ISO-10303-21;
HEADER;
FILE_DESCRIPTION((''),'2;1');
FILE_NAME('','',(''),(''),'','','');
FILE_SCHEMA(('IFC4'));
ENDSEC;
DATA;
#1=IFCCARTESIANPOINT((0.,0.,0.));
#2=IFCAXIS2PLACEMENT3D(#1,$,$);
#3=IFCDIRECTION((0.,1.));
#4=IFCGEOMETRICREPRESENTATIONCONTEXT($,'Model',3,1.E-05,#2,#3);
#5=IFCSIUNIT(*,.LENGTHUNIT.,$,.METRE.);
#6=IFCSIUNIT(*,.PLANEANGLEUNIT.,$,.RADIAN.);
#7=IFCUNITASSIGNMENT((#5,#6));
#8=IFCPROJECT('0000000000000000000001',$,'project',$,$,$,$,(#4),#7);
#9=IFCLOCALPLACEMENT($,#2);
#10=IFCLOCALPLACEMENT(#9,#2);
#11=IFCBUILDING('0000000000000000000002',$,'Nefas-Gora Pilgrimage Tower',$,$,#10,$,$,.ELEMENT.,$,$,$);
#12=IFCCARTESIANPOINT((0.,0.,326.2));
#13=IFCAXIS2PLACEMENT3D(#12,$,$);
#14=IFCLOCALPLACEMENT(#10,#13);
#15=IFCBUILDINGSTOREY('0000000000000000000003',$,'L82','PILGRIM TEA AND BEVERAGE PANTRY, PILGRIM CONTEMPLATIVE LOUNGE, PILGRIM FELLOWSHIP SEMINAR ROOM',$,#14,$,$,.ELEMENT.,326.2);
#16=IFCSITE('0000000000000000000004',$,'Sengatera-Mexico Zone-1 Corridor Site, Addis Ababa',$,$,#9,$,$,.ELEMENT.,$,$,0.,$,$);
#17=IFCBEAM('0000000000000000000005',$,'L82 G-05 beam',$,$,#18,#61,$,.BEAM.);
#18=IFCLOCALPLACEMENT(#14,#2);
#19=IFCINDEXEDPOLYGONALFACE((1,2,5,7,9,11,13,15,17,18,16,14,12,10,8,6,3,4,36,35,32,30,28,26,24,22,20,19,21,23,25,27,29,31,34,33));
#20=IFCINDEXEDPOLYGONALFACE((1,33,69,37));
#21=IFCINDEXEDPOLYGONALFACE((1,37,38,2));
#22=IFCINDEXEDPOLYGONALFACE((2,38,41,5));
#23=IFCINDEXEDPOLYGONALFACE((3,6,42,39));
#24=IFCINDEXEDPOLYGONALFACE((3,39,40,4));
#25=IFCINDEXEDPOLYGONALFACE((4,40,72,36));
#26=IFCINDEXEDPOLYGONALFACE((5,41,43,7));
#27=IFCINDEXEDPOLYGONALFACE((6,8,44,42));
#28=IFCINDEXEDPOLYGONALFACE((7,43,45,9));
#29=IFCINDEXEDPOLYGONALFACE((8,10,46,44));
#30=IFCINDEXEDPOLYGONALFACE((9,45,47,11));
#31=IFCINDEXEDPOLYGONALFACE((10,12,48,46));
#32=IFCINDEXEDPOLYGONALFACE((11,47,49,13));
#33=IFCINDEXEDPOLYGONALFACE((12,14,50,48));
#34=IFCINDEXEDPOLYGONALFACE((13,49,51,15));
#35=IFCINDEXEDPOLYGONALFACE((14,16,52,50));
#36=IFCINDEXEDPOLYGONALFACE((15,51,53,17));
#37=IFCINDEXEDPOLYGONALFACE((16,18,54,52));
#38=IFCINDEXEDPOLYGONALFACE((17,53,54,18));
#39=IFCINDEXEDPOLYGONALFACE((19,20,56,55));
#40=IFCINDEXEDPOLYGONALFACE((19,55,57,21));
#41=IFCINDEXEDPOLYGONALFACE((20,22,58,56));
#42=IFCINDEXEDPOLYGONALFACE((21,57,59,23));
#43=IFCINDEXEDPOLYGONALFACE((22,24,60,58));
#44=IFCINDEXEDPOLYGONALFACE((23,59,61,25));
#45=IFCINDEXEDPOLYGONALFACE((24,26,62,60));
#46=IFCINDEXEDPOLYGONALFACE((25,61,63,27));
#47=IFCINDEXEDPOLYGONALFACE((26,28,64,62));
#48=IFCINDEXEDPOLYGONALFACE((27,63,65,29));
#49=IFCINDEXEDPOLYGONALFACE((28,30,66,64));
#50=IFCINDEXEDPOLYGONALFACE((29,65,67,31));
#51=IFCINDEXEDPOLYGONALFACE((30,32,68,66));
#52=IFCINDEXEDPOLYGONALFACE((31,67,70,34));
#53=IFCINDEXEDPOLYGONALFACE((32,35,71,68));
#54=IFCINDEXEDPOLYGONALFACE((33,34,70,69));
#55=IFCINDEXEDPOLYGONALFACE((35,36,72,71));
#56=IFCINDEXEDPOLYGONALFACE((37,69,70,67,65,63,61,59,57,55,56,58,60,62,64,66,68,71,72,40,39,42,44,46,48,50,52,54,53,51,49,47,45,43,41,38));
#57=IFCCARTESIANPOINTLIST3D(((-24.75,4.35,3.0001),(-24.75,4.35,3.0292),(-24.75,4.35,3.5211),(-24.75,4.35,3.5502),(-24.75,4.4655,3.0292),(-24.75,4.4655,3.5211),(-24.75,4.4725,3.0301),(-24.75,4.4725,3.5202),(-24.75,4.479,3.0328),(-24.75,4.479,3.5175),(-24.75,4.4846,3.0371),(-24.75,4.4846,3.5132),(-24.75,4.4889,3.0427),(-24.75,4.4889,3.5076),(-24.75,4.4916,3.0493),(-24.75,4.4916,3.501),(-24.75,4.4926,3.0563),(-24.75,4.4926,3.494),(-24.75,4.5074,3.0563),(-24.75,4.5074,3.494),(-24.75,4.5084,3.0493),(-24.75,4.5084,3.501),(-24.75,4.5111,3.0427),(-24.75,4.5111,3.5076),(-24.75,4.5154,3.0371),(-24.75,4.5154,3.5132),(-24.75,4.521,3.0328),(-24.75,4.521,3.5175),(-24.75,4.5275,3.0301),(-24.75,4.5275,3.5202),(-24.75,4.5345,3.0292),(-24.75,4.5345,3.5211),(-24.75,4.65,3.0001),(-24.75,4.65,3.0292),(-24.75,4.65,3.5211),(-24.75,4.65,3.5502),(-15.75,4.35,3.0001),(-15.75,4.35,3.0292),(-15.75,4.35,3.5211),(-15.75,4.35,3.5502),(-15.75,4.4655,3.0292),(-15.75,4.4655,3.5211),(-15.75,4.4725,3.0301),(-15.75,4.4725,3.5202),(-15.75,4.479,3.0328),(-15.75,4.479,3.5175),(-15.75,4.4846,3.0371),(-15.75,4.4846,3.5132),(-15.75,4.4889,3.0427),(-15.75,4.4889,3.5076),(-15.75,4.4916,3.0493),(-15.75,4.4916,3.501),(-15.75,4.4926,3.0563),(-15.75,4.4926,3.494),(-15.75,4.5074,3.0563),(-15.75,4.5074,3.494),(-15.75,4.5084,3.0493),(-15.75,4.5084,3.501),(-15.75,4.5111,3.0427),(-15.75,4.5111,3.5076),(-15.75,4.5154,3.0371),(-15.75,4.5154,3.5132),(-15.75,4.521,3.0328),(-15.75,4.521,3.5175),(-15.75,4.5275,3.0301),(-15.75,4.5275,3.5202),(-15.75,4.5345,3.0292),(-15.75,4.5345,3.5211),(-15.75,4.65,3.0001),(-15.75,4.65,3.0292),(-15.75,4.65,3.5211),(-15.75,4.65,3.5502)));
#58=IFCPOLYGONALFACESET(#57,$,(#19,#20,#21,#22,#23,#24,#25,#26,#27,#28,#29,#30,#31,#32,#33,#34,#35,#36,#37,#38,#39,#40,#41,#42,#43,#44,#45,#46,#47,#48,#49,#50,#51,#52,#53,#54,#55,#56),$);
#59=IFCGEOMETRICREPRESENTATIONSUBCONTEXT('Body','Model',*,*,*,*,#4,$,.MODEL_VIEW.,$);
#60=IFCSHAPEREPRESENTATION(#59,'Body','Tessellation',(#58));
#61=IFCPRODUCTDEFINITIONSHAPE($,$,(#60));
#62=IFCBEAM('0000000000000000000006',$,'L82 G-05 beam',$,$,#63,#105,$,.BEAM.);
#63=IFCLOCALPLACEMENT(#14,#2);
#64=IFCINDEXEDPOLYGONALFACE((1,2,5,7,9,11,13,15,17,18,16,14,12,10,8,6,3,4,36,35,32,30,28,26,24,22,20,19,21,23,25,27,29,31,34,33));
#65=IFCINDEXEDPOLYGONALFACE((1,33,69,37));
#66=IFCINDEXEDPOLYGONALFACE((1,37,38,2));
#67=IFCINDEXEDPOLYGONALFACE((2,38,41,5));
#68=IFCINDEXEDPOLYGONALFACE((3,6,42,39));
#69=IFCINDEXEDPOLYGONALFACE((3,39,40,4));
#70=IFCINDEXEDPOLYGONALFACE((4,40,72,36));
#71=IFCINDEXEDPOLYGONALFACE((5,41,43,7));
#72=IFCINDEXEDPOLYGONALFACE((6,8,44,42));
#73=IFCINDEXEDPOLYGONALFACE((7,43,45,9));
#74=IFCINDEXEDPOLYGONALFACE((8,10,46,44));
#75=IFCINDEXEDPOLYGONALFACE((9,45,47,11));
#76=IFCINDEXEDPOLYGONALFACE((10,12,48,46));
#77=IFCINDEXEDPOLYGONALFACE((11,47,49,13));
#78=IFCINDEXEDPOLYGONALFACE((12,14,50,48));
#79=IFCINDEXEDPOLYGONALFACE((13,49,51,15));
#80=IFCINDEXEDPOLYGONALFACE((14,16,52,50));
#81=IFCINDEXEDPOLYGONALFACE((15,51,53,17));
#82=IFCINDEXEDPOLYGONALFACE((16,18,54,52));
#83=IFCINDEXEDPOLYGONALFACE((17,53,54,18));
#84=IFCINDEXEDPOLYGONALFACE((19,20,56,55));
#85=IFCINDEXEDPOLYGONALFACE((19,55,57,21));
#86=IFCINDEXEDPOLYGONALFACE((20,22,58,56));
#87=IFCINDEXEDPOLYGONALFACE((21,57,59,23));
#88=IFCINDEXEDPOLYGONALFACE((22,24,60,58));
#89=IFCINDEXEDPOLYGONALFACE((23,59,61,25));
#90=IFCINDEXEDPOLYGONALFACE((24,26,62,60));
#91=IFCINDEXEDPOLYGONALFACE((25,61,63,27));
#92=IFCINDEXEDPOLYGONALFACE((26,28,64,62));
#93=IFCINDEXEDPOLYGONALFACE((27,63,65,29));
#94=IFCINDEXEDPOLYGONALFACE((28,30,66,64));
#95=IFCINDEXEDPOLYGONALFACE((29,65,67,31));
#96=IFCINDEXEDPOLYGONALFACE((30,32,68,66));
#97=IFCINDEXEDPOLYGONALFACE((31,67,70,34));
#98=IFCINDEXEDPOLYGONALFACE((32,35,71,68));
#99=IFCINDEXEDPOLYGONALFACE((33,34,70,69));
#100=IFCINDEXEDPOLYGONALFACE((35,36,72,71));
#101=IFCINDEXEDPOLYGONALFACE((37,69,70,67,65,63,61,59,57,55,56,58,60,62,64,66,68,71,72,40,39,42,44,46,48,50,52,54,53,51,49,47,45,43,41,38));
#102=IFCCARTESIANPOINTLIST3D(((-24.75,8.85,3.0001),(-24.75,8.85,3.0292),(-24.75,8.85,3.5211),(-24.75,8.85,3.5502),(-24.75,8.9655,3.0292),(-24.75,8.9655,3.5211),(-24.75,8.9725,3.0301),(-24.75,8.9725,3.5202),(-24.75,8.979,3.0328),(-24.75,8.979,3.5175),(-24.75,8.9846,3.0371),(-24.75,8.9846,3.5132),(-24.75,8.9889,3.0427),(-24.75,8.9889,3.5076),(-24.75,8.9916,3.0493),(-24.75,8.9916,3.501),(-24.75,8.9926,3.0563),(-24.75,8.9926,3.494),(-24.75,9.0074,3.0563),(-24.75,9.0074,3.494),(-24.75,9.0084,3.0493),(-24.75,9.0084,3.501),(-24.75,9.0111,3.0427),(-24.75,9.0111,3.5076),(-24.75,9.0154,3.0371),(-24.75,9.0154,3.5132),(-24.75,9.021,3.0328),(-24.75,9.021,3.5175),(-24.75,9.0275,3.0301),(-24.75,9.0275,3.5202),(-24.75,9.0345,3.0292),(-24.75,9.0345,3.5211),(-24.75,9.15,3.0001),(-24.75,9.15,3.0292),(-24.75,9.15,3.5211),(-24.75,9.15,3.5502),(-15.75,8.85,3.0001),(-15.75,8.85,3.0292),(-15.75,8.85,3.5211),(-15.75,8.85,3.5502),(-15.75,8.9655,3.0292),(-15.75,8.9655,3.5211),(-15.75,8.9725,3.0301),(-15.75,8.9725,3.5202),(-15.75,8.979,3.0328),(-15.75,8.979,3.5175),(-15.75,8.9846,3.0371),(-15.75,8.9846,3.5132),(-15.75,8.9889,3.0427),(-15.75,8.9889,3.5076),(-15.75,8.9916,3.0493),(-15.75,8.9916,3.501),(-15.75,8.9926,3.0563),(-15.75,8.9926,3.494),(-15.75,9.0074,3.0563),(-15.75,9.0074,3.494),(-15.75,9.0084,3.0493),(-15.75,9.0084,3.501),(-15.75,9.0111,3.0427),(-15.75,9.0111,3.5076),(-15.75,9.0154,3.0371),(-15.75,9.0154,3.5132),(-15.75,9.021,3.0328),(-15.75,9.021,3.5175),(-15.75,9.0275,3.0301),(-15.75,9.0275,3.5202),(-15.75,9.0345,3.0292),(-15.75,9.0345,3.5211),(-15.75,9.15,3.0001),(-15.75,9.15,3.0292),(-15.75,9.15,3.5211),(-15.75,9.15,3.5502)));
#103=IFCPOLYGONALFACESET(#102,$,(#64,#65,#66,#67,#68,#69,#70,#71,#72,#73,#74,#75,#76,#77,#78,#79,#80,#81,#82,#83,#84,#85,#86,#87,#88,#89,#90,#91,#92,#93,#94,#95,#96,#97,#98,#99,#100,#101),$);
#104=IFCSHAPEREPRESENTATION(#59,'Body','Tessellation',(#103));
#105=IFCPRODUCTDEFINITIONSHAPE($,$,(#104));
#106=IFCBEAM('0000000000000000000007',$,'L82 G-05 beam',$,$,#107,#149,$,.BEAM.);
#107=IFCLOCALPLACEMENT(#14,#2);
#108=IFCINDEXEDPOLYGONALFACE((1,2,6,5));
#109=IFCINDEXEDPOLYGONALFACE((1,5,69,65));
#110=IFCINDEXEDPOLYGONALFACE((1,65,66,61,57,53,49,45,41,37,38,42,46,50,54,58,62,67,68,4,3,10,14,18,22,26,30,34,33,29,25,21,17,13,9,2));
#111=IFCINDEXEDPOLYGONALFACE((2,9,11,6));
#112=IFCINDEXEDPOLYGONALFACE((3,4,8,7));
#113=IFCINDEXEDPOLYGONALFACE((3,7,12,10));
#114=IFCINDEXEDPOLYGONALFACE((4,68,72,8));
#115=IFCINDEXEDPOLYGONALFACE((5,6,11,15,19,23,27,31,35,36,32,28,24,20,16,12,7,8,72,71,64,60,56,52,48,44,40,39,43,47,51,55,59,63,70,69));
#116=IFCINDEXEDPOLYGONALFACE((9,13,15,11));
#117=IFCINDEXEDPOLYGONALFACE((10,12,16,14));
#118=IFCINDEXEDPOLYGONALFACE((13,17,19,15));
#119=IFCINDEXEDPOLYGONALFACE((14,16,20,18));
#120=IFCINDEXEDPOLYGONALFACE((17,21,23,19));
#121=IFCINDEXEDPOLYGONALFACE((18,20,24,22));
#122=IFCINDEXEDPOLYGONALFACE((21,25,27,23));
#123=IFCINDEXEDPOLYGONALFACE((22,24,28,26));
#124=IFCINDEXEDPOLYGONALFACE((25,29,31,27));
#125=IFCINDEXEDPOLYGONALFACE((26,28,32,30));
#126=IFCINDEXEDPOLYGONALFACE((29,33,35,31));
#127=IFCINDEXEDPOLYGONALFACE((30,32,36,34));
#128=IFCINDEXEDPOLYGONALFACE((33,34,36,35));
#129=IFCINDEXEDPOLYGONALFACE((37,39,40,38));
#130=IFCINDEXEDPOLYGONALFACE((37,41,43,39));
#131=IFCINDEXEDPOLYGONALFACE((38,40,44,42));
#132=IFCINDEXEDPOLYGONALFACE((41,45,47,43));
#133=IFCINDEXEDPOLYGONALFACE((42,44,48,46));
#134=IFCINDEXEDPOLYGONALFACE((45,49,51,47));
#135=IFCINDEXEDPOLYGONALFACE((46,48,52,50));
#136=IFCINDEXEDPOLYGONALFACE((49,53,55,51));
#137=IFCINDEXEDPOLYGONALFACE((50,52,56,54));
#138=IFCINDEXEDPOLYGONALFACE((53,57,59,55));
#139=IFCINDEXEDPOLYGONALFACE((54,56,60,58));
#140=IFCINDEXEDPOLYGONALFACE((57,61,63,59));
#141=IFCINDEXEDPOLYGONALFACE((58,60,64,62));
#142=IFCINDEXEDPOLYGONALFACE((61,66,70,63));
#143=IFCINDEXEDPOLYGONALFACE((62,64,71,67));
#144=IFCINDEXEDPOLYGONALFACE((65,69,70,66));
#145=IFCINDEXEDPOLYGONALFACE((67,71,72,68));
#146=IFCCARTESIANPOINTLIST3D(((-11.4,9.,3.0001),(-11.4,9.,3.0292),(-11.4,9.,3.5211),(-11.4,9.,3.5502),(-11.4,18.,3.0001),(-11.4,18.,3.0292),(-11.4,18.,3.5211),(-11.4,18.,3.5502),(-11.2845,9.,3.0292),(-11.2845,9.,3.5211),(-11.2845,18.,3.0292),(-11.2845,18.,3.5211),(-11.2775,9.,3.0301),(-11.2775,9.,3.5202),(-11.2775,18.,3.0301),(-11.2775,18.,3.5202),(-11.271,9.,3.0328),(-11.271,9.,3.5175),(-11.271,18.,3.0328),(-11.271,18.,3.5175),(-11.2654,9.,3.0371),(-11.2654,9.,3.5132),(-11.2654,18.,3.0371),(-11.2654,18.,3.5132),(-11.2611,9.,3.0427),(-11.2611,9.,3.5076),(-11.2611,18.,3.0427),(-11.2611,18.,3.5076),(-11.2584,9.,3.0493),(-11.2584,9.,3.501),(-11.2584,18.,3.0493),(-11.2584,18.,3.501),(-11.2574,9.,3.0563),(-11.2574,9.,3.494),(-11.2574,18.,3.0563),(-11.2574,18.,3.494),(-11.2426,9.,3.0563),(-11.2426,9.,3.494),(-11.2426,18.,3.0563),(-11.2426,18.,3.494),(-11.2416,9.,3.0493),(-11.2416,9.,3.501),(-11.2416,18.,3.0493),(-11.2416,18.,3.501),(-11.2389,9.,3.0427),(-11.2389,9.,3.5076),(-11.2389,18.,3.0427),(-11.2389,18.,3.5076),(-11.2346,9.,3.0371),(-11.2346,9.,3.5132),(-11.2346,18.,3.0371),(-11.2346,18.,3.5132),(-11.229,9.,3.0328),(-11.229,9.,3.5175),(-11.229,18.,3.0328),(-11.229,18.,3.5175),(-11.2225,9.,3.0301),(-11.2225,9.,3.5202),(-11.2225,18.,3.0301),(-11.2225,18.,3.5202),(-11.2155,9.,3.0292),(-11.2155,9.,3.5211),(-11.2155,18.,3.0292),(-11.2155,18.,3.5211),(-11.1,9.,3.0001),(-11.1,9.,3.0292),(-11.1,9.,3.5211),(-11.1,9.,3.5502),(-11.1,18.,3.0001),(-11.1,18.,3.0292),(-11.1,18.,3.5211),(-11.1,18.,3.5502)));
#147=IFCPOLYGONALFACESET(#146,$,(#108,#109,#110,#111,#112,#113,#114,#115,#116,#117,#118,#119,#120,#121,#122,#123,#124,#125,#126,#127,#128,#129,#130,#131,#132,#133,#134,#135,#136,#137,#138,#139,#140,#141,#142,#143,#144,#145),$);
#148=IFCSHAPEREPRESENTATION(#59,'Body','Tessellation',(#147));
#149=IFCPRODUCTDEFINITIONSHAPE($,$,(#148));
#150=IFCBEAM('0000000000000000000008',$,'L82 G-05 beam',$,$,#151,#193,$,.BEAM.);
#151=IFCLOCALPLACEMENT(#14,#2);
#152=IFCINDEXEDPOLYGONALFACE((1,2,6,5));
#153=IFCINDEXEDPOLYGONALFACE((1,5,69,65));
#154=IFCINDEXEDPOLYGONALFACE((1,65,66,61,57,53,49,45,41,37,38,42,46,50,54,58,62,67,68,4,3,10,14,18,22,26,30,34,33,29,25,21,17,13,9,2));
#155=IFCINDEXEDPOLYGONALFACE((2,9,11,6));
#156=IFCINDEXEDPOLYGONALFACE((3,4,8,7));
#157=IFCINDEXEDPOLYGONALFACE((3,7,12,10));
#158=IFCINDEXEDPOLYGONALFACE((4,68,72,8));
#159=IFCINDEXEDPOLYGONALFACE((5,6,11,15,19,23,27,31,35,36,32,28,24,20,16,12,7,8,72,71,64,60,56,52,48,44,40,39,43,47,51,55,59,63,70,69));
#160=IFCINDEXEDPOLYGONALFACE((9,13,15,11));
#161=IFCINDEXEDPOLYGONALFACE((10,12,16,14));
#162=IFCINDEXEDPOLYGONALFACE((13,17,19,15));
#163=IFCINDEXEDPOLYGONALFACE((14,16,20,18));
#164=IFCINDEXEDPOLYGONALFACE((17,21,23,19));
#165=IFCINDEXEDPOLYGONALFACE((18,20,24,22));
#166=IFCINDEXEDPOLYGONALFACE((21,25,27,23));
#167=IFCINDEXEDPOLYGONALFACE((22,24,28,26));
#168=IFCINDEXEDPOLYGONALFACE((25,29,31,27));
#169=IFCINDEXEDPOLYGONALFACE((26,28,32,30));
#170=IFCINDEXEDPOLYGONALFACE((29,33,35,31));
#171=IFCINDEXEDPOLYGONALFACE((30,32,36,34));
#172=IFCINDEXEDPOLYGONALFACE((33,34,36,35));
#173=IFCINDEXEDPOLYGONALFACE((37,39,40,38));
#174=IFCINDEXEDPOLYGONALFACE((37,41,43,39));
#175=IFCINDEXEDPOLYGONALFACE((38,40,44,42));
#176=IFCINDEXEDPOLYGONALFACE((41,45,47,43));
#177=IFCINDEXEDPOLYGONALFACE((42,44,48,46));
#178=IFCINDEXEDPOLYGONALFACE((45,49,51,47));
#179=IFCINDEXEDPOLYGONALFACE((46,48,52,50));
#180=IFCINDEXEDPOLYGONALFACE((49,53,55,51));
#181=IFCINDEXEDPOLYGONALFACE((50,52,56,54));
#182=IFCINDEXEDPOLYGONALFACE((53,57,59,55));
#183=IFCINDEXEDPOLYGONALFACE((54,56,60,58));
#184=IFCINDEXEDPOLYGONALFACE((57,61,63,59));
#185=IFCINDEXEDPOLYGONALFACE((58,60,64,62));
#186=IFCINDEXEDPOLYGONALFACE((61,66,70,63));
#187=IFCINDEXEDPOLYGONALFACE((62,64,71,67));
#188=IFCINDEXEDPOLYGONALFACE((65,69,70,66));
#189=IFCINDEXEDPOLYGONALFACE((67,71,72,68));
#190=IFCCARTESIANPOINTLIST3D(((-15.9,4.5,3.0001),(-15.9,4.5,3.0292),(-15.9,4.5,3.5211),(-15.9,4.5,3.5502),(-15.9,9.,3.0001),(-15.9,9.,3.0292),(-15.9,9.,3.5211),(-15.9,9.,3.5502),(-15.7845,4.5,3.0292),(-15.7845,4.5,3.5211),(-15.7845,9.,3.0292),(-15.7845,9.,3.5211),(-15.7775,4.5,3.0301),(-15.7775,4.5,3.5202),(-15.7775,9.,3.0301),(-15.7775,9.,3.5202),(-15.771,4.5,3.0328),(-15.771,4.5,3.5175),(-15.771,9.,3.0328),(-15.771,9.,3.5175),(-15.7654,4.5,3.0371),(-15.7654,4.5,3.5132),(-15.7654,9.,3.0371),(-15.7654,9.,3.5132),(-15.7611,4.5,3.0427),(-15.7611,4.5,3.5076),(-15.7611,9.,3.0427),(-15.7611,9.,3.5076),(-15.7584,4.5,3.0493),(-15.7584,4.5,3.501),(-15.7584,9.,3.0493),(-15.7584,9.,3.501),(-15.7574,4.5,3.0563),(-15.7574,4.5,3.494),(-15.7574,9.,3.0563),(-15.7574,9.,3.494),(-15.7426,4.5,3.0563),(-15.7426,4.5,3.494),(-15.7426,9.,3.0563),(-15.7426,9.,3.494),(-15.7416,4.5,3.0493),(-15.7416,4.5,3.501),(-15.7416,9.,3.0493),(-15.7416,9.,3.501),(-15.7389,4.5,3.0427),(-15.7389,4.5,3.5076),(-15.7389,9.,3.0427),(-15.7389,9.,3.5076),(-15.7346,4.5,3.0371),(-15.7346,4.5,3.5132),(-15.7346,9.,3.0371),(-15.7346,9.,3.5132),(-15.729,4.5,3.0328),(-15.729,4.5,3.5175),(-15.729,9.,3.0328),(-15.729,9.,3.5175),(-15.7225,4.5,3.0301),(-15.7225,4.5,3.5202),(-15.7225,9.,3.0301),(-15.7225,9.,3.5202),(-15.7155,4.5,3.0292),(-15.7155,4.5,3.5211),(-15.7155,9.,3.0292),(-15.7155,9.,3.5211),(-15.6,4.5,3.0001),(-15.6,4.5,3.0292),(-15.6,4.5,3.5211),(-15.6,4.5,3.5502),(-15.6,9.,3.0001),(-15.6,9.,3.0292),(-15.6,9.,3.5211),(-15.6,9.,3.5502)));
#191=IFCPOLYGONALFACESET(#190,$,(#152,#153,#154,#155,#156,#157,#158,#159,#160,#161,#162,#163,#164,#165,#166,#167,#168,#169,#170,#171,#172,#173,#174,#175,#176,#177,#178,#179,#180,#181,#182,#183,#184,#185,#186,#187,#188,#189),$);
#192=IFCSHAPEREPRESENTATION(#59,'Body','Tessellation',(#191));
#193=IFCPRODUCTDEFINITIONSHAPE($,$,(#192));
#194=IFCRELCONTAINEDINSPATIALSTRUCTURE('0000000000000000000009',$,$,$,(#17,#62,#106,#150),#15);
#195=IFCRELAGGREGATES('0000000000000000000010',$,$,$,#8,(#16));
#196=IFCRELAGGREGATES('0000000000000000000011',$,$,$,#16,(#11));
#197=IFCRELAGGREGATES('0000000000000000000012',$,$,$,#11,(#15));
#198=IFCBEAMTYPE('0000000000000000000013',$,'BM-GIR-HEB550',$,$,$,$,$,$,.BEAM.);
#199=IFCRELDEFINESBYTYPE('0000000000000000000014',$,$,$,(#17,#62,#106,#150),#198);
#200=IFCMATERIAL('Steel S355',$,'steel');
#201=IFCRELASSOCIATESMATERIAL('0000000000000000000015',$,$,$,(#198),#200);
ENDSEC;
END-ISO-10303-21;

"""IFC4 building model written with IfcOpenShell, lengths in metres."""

from ifc_helpers import new_model, si_unit, direction, frame, origin, origin_2d, place, context, subcontext, project, spatial, i_section, extrude, source, transform, mapped, material, material_profile, profile_set, type_object, element, save


model = new_model("IFC4")

# Units and contexts
model_context = context("Model", 3, precision=1e-05, world=origin(), true_north=direction((0.0, 1.0)))
body_context = subcontext(model_context, "Body", "Model", "MODEL_VIEW")
ifc_project = project(units=[si_unit("LENGTHUNIT", "METRE"), si_unit("PLANEANGLEUNIT", "RADIAN")], contexts=[model_context])

# Site, building, storey
site_placement = place(None, origin())
site = spatial("IfcSite", under=ifc_project, at=site_placement, Name="Sengatera-Mexico Zone-1 Corridor Site, Addis Ababa", CompositionType="ELEMENT", RefElevation=0.0)
building_placement = place(site_placement, origin())
building = spatial("IfcBuilding", under=site, at=building_placement, Name="Nefas-Gora Pilgrimage Tower", CompositionType="ELEMENT")
storey_placement = place(building_placement, frame((0.0, 0.0, 326.2)))
storey = spatial("IfcBuildingStorey", under=building, at=storey_placement, Name="L82", Description="PILGRIM TEA AND BEVERAGE PANTRY, PILGRIM CONTEMPLATIVE LOUNGE, PILGRIM FELLOWSHIP SEMINAR ROOM", CompositionType="ELEMENT", Elevation=326.2)

# Shared definitions
ifc_material_1 = material(Name="Steel S355", Category="steel")

# Beams
ifc_material_profile_1 = material_profile(ifc_material_1, i_section(OverallWidth=0.3, OverallDepth=0.55, WebThickness=0.0149, FlangeThickness=0.0291, FilletRadius=0.0271, at=origin_2d()), Name="HEB 550")
ifc_profile_set_1 = profile_set([ifc_material_profile_1], Name="Steel S355")
beam_type_1 = type_object("IfcBeamType", Name="BM-GIR-HEB550", PredefinedType="BEAM", material=ifc_profile_set_1)
shared_shape_1 = source(origin(), body_context, "Body", "SweptSolid", [
    extrude(i_section(OverallWidth=0.3, OverallDepth=0.55, WebThickness=0.0149, FlangeThickness=0.0291, FilletRadius=0.0271, at=origin_2d()), origin(), (0.0, 0.0, 1.0), 9.0),
])
for number, where, z_axis, x_axis, name in (
    (1, (-24.75, 4.5, 3.2751), (1.0, 0.0, 0.0), (0.0, 1.0, 0.0), "L82 G-05 beam"),
    (2, (-24.75, 9.0, 3.2751), (1.0, 0.0, 0.0), (0.0, 1.0, 0.0), "L82 G-05 beam"),
    (3, (-11.25, 9.0, 3.2751), (0.0, 1.0, 0.0), (-1.0, 0.0, 0.0), "L82 G-05 beam"),
):
    element("IfcBeam", number, at=place(storey_placement, frame(where, z_axis=z_axis, x_axis=x_axis)), inside=storey, type_object=beam_type_1, Name=name, PredefinedType="BEAM", context=body_context, shape_type="MappedRepresentation", body=[
        mapped(shared_shape_1, transform((0.0, 0.0, 0.0), x_axis=(1.0, 0.0, 0.0), y_axis=(0.0, 1.0, 0.0), z_axis=(0.0, 0.0, 1.0), scale=1.0)),
    ])
shared_shape_2 = source(origin(), body_context, "Body", "SweptSolid", [
    extrude(i_section(OverallWidth=0.3, OverallDepth=0.55, WebThickness=0.0149, FlangeThickness=0.0291, FilletRadius=0.0271, at=origin_2d()), origin(), (0.0, 0.0, 1.0), 4.5),
])
for number, where, z_axis, x_axis, name in (
    (4, (-15.75, 4.5, 3.2751), (0.0, 1.0, 0.0), (-1.0, 0.0, 0.0), "L82 G-05 beam"),
):
    element("IfcBeam", number, at=place(storey_placement, frame(where, z_axis=z_axis, x_axis=x_axis)), inside=storey, type_object=beam_type_1, Name=name, PredefinedType="BEAM", context=body_context, shape_type="MappedRepresentation", body=[
        mapped(shared_shape_2, transform((0.0, 0.0, 0.0), x_axis=(1.0, 0.0, 0.0), y_axis=(0.0, 1.0, 0.0), z_axis=(0.0, 0.0, 1.0), scale=1.0)),
    ])

save(model, "model.ifc")
